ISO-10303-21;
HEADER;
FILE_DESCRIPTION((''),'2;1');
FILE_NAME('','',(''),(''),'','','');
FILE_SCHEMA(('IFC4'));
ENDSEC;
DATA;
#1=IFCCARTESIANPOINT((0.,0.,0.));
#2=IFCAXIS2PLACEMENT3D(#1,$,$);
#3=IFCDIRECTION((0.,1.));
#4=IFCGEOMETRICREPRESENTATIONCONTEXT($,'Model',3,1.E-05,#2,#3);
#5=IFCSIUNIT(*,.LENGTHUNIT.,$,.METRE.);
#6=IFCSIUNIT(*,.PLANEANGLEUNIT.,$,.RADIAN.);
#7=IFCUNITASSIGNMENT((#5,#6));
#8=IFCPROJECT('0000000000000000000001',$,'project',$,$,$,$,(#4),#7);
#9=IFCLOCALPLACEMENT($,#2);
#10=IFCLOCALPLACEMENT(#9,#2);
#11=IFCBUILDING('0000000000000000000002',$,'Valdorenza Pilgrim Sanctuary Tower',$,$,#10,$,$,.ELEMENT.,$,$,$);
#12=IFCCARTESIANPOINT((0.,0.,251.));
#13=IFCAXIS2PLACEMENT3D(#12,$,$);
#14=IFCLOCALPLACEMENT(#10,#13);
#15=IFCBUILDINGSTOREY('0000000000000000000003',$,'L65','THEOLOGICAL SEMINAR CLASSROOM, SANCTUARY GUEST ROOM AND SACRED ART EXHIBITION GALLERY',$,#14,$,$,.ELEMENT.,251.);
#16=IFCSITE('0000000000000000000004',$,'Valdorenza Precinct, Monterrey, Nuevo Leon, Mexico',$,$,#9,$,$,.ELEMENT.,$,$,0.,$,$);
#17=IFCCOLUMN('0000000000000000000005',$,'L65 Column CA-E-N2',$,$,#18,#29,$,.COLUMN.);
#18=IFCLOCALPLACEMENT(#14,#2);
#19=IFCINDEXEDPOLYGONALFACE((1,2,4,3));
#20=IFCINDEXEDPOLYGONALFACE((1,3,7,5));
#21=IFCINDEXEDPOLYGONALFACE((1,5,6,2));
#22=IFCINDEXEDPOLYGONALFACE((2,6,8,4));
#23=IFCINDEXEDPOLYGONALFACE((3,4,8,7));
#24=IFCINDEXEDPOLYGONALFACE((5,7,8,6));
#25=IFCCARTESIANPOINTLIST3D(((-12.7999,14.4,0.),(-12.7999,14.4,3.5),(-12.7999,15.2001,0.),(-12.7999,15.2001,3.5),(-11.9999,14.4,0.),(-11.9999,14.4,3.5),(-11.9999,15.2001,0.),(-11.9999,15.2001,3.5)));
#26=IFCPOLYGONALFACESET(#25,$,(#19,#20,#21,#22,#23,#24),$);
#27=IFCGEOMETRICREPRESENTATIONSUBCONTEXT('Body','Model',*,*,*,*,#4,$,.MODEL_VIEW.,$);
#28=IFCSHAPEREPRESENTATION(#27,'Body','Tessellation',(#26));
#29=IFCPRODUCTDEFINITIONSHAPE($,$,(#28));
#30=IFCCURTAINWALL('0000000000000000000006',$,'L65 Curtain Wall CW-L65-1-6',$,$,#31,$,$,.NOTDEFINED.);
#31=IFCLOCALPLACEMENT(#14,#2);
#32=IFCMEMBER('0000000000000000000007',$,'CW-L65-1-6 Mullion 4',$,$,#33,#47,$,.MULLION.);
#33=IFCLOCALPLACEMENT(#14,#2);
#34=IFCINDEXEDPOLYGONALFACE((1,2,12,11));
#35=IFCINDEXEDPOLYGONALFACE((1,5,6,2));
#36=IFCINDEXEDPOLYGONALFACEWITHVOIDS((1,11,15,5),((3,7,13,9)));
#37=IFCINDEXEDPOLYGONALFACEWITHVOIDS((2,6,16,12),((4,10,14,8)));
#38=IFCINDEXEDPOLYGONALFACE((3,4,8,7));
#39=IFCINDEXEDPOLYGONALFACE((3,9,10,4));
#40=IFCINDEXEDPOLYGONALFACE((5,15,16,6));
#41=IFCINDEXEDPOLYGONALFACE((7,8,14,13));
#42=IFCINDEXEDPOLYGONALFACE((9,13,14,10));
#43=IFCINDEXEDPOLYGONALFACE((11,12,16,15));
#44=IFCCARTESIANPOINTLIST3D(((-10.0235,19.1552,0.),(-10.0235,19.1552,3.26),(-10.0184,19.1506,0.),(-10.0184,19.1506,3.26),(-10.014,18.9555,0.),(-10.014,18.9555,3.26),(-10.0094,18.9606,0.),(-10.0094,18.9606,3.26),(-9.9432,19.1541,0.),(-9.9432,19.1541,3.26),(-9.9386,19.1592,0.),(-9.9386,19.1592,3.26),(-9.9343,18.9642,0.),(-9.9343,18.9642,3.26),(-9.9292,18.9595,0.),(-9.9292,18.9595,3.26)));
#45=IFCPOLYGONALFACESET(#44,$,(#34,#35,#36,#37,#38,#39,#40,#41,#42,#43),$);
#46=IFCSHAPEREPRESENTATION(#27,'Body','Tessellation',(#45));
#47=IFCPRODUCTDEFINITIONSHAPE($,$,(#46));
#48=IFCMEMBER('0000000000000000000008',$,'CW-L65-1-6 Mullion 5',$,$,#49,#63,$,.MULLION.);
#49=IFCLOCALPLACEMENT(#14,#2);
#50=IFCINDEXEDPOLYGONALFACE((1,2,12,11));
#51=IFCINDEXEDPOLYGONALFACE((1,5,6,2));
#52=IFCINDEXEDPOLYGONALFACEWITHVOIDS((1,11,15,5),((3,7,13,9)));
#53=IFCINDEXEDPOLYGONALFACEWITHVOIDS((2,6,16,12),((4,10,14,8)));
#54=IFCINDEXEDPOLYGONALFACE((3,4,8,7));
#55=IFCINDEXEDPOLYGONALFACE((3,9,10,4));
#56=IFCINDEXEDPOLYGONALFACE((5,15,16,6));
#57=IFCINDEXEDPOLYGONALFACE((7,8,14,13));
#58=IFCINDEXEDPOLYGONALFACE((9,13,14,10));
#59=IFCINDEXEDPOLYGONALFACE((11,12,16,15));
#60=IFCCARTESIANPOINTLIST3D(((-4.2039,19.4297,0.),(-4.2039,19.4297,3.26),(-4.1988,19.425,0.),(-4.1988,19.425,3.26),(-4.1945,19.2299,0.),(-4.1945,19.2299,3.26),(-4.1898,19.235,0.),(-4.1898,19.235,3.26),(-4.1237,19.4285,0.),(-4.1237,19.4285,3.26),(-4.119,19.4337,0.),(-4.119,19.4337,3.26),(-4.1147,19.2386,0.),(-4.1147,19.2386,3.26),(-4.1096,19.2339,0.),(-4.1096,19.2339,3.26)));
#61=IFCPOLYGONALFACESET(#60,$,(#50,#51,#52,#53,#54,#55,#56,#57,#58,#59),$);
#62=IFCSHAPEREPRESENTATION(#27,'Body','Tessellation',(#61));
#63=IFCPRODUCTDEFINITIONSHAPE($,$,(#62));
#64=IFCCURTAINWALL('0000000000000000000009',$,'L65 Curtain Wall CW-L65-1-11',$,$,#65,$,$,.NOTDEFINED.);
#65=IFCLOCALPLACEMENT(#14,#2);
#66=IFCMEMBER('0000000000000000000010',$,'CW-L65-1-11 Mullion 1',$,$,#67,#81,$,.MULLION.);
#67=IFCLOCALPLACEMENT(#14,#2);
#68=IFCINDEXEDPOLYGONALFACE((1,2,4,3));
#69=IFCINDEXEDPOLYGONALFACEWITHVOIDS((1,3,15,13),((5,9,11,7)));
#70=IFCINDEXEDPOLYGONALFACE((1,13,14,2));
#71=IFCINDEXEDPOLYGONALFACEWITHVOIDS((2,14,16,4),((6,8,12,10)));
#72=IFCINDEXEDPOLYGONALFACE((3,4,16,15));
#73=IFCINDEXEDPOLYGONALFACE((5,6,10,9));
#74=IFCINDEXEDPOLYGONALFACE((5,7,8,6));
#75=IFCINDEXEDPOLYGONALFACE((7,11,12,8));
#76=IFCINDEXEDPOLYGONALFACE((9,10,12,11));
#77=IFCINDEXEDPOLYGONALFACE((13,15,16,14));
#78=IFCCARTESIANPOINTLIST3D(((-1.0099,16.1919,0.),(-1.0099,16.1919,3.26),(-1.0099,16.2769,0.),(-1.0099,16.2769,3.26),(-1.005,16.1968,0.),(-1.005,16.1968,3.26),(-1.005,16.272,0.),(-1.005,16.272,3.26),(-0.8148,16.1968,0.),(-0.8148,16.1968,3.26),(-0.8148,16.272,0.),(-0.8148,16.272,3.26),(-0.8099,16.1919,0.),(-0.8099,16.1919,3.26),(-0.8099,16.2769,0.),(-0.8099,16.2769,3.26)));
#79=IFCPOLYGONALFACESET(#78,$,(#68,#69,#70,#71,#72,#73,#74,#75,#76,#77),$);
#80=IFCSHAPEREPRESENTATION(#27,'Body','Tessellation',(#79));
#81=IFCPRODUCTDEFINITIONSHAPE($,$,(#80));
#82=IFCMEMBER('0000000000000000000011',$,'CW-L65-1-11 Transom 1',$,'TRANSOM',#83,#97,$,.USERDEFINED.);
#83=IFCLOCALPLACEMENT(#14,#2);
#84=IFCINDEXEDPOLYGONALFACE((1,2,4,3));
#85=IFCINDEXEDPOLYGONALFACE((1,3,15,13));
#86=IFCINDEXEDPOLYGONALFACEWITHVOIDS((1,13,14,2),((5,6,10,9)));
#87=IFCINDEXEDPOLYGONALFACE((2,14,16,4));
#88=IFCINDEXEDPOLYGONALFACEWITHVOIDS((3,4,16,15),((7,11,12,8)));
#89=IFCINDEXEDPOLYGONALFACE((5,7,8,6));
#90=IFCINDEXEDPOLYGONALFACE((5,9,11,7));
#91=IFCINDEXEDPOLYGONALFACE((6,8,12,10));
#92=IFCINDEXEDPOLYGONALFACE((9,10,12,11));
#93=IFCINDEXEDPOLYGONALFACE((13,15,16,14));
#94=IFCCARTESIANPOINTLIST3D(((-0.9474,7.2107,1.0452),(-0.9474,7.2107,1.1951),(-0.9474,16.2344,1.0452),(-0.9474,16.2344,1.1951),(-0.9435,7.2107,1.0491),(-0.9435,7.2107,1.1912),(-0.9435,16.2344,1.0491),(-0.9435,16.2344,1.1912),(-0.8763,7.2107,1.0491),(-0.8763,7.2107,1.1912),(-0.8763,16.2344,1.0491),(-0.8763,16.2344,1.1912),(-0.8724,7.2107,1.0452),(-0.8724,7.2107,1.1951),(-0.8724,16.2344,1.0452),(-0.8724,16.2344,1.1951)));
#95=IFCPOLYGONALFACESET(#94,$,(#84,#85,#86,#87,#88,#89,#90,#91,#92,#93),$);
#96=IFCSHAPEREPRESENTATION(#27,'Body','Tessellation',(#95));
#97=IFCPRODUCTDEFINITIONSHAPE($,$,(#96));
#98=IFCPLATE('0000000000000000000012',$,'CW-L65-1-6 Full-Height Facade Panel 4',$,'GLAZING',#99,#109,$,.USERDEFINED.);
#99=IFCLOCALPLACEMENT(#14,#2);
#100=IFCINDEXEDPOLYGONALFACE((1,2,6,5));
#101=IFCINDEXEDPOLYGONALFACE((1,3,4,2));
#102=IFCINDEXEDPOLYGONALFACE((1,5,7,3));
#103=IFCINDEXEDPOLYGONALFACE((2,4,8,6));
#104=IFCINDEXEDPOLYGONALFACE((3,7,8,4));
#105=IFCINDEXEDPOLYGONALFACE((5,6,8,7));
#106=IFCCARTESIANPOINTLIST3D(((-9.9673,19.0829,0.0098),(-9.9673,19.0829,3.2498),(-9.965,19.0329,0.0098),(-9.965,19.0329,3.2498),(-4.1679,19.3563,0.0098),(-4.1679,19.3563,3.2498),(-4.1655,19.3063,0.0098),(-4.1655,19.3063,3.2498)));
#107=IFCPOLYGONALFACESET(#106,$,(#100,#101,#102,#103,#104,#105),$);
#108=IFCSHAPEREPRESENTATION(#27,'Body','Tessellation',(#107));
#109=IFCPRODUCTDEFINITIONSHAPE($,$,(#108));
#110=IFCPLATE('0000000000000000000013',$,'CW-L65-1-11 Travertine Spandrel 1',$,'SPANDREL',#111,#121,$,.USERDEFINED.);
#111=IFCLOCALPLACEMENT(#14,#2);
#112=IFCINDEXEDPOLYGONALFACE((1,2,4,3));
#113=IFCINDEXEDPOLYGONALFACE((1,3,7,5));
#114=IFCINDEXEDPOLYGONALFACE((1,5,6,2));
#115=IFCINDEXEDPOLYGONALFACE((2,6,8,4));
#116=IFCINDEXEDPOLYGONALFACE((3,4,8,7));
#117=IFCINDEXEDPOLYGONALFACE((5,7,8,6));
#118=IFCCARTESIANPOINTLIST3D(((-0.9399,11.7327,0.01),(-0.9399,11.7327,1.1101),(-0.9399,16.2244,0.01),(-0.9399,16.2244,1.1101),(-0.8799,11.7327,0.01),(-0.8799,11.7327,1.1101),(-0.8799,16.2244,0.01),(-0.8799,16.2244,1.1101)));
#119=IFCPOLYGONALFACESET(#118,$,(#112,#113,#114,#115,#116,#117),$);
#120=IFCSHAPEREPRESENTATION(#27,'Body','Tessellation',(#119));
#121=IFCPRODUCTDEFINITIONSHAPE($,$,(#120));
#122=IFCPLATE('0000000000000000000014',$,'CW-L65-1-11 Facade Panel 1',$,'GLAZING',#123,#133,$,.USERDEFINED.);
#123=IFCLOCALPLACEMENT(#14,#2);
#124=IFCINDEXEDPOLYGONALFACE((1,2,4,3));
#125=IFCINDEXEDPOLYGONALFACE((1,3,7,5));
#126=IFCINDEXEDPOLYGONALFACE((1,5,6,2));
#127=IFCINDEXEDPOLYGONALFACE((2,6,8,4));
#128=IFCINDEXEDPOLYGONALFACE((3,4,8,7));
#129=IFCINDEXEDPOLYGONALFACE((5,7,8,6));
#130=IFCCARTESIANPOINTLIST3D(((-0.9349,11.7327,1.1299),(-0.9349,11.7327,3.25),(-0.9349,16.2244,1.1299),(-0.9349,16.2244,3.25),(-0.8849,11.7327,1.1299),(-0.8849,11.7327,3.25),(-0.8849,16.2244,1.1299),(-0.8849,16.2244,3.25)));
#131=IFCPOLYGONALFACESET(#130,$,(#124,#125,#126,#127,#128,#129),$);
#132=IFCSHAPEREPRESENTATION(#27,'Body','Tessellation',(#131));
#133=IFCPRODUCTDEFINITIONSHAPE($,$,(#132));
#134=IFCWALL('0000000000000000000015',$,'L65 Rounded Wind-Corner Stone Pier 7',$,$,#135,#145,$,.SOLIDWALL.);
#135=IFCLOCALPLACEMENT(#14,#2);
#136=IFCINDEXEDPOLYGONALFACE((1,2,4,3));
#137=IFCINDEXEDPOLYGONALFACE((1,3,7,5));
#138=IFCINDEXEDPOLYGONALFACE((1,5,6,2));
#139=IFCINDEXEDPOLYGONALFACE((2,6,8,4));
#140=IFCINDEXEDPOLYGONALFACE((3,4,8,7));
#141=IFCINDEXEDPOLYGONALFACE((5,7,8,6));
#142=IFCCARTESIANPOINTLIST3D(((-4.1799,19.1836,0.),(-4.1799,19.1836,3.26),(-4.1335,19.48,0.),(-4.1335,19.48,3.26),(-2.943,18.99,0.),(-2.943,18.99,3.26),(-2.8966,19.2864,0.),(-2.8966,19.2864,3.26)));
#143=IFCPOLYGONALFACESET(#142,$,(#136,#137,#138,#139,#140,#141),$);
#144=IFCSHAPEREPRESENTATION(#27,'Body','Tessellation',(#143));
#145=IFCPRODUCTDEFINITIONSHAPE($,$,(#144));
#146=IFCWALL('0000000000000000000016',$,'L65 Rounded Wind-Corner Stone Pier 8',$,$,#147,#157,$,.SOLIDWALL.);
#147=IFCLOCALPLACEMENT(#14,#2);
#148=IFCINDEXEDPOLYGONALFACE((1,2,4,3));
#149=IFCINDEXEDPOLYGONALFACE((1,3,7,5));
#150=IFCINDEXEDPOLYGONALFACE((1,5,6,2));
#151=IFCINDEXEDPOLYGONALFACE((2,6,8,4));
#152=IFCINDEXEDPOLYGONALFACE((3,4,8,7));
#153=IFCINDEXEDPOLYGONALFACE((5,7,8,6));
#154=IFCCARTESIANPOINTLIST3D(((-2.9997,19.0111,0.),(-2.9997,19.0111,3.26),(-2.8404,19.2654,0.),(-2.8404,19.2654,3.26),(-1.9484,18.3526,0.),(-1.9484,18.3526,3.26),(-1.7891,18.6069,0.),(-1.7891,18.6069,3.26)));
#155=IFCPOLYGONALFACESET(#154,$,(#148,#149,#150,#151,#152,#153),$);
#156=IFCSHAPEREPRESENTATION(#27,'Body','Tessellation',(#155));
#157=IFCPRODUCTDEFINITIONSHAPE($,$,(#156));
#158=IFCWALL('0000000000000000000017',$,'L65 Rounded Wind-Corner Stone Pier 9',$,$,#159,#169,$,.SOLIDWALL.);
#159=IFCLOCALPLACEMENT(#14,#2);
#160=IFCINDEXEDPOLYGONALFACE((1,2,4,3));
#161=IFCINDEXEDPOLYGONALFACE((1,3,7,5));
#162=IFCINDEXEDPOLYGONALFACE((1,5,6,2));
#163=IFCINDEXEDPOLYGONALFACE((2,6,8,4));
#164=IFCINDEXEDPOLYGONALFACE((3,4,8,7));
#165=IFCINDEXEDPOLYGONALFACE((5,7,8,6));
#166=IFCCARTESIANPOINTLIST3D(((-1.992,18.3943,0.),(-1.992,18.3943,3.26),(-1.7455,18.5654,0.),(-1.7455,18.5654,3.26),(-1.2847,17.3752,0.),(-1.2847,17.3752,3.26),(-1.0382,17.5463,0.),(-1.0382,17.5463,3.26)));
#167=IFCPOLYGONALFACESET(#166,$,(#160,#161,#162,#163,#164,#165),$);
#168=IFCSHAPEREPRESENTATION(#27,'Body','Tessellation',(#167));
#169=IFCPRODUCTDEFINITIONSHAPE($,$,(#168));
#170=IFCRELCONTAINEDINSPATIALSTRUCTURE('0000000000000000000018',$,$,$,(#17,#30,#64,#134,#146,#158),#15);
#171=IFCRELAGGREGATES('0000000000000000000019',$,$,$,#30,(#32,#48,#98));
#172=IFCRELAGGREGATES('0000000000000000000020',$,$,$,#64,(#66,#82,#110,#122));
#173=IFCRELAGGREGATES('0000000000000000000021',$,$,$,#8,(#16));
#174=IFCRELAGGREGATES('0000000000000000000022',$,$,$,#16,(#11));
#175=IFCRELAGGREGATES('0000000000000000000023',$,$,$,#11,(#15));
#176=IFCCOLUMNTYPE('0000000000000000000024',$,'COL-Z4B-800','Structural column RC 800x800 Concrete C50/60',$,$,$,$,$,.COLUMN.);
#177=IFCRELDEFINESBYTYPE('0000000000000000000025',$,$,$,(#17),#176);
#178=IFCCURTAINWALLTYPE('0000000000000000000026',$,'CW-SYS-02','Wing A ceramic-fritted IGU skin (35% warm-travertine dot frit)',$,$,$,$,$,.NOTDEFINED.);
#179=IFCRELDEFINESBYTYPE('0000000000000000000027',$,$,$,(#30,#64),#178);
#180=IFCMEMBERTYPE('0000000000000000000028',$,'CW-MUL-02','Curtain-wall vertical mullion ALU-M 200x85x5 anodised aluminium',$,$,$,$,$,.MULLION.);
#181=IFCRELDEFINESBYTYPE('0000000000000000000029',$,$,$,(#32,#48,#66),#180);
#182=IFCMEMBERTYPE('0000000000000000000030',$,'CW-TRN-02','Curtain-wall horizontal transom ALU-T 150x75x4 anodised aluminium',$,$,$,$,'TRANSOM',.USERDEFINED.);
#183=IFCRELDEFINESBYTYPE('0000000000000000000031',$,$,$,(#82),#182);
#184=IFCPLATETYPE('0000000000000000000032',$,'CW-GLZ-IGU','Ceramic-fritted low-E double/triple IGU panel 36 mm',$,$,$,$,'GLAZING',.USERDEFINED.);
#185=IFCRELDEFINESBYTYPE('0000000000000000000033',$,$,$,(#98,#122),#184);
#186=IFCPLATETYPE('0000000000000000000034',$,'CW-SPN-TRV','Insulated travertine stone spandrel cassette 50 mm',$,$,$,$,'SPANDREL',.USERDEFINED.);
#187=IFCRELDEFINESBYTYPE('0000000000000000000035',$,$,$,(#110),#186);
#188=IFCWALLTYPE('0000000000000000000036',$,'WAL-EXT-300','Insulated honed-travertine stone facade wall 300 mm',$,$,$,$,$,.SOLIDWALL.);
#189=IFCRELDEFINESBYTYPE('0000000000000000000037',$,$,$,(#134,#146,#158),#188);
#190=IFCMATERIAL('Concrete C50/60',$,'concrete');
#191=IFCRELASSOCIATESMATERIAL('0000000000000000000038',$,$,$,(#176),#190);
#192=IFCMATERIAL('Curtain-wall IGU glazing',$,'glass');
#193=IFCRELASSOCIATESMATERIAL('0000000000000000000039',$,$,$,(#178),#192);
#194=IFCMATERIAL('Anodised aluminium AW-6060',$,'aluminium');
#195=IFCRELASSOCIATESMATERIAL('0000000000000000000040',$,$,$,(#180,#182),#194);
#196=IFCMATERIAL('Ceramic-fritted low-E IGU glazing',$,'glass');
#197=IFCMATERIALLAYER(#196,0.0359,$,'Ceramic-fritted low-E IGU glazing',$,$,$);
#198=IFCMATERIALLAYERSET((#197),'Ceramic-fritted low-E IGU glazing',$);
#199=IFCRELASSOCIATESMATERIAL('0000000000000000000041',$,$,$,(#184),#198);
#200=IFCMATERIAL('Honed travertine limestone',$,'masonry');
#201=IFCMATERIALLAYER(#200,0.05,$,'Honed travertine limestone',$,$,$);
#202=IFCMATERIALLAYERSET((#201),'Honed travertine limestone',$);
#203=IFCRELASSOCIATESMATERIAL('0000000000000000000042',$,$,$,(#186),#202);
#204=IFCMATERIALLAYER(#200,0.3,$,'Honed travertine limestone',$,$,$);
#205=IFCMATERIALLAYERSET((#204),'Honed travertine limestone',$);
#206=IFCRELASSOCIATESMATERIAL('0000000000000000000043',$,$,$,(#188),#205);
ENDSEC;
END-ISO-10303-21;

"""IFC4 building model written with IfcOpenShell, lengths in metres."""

from ifc_helpers import new_model, si_unit, direction, frame, frame_2d, origin, origin_2d, place, context, subcontext, project, spatial, rectangle, hollow_rectangle, extrude, source, transform, mapped, material, layer, layer_set, material_profile, profile_set, type_object, element, aggregate, save


model = new_model("IFC4")

# Units and contexts
model_context = context("Model", 3, precision=1e-05, world=origin(), true_north=direction((0.0, 1.0)))
body_context = subcontext(model_context, "Body", "Model", "MODEL_VIEW")
ifc_project = project(units=[si_unit("LENGTHUNIT", "METRE"), si_unit("PLANEANGLEUNIT", "RADIAN")], contexts=[model_context])

# Site, building, storey
site_placement = place(None, origin())
site = spatial("IfcSite", under=ifc_project, at=site_placement, Name="Valdorenza Precinct, Monterrey, Nuevo Leon, Mexico", CompositionType="ELEMENT", RefElevation=0.0)
building_placement = place(site_placement, origin())
building = spatial("IfcBuilding", under=site, at=building_placement, Name="Valdorenza Pilgrim Sanctuary Tower", CompositionType="ELEMENT")
storey_placement = place(building_placement, frame((0.0, 0.0, 251.0)))
storey = spatial("IfcBuildingStorey", under=building, at=storey_placement, Name="L65", Description="THEOLOGICAL SEMINAR CLASSROOM, SANCTUARY GUEST ROOM AND SACRED ART EXHIBITION GALLERY", CompositionType="ELEMENT", Elevation=251.0)

# Column
ifc_material_1 = material(Name="Concrete C50/60", Category="concrete")
ifc_material_profile_1 = material_profile(ifc_material_1, rectangle(XDim=0.8, YDim=0.8, at=origin_2d()), Name="RC 800x800")
ifc_profile_set_1 = profile_set([ifc_material_profile_1], Name="Concrete C50/60")
column_type = type_object("IfcColumnType", Name="COL-Z4B-800", Description="Structural column RC 800x800 Concrete C50/60", PredefinedType="COLUMN", material=ifc_profile_set_1)
shared_shape_1 = source(origin(), body_context, "Body", "SweptSolid", [
    extrude(rectangle(XDim=0.8, YDim=0.8, at=origin_2d()), origin(), (0.0, 0.0, 1.0), 3.5),
])
column_placement = place(storey_placement, frame((-12.3999, 14.8, 0.0), z_axis=(0.0, 0.0, 1.0), x_axis=(1.0, 0.0, 0.0)))
element("IfcColumn", 1, at=column_placement, inside=storey, type_object=column_type, Name="L65 Column CA-E-N2", PredefinedType="COLUMN", context=body_context, shape_type="MappedRepresentation", body=[
    mapped(shared_shape_1, transform((0.0, 0.0, 0.0), x_axis=(1.0, 0.0, 0.0), y_axis=(0.0, 1.0, 0.0), z_axis=(0.0, 0.0, 1.0), scale=1.0)),
])

# Curtain walls, members
ifc_material_2 = material(Name="Curtain-wall IGU glazing", Category="glass")
curtain_wall_type = type_object("IfcCurtainWallType", Name="CW-SYS-02", Description="Wing A ceramic-fritted IGU skin (35% warm-travertine dot frit)", PredefinedType="NOTDEFINED", material=ifc_material_2)
curtain_wall_1_placement = place(storey_placement, origin())
curtain_wall_1 = element("IfcCurtainWall", 2, at=curtain_wall_1_placement, inside=storey, type_object=curtain_wall_type, Name="L65 Curtain Wall CW-L65-1-6", PredefinedType="NOTDEFINED")
ifc_material_3 = material(Name="Anodised aluminium AW-6060", Category="aluminium")
ifc_material_profile_2 = material_profile(ifc_material_3, hollow_rectangle(XDim=0.085, YDim=0.2, WallThickness=0.0049, at=origin_2d()), Name="ALU-M 200x85x5")
ifc_profile_set_2 = profile_set([ifc_material_profile_2], Name="Anodised aluminium AW-6060")
member_type_1 = type_object("IfcMemberType", Name="CW-MUL-02", Description="Curtain-wall vertical mullion ALU-M 200x85x5 anodised aluminium", PredefinedType="MULLION", material=ifc_profile_set_2)
shared_shape_2 = source(origin(), body_context, "Body", "SweptSolid", [
    extrude(hollow_rectangle(XDim=0.085, YDim=0.2, WallThickness=0.0049, at=origin_2d()), origin(), (0.0, 0.0, 1.0), 3.26),
])
member_1_placement = place(storey_placement, frame((-9.9763, 19.0574, 0.0), z_axis=(0.0, 0.0, 1.0), x_axis=(0.998891, 0.047089, 0.0)))
member_1 = element("IfcMember", 3, at=member_1_placement, type_object=member_type_1, Name="CW-L65-1-6 Mullion 4", PredefinedType="MULLION", context=body_context, shape_type="MappedRepresentation", body=[
    mapped(shared_shape_2, transform((0.0, 0.0, 0.0), x_axis=(1.0, 0.0, 0.0), y_axis=(0.0, 1.0, 0.0), z_axis=(0.0, 0.0, 1.0), scale=1.0)),
])
member_2_placement = place(storey_placement, frame((-4.1567, 19.3318, 0.0), z_axis=(0.0, 0.0, 1.0), x_axis=(0.998891, 0.047089, 0.0)))
member_2 = element("IfcMember", 4, at=member_2_placement, type_object=member_type_1, Name="CW-L65-1-6 Mullion 5", PredefinedType="MULLION", context=body_context, shape_type="MappedRepresentation", body=[
    mapped(shared_shape_2, transform((0.0, 0.0, 0.0), x_axis=(1.0, 0.0, 0.0), y_axis=(0.0, 1.0, 0.0), z_axis=(0.0, 0.0, 1.0), scale=1.0)),
])
curtain_wall_2_placement = place(storey_placement, origin())
curtain_wall_2 = element("IfcCurtainWall", 5, at=curtain_wall_2_placement, inside=storey, type_object=curtain_wall_type, Name="L65 Curtain Wall CW-L65-1-11", PredefinedType="NOTDEFINED")
member_3_placement = place(storey_placement, frame((-0.9099, 16.2344, 0.0), z_axis=(0.0, 0.0, 1.0), x_axis=(0.0, -1.0, 0.0)))
member_3 = element("IfcMember", 6, at=member_3_placement, type_object=member_type_1, Name="CW-L65-1-11 Mullion 1", PredefinedType="MULLION", context=body_context, shape_type="MappedRepresentation", body=[
    mapped(shared_shape_2, transform((0.0, 0.0, 0.0), x_axis=(1.0, 0.0, 0.0), y_axis=(0.0, 1.0, 0.0), z_axis=(0.0, 0.0, 1.0), scale=1.0)),
])
ifc_material_profile_3 = material_profile(ifc_material_3, hollow_rectangle(XDim=0.075, YDim=0.1499, WallThickness=0.0039, at=origin_2d()), Name="ALU-T 150x75x4")
ifc_profile_set_3 = profile_set([ifc_material_profile_3], Name="Anodised aluminium AW-6060")
member_type_2 = type_object("IfcMemberType", Name="CW-TRN-02", Description="Curtain-wall horizontal transom ALU-T 150x75x4 anodised aluminium", ElementType="TRANSOM", PredefinedType="USERDEFINED", material=ifc_profile_set_3)
shared_shape_3 = source(origin(), body_context, "Body", "SweptSolid", [
    extrude(hollow_rectangle(XDim=0.075, YDim=0.1499, WallThickness=0.0039, at=origin_2d()), origin(), (0.0, 0.0, 1.0), 9.0237),
])
member_4_placement = place(storey_placement, frame((-0.9099, 16.2344, 1.1201), z_axis=(0.0, -1.0, 0.0), x_axis=(1.0, 0.0, 0.0)))
member_4 = element("IfcMember", 7, at=member_4_placement, type_object=member_type_2, Name="CW-L65-1-11 Transom 1", ObjectType="TRANSOM", PredefinedType="USERDEFINED", context=body_context, shape_type="MappedRepresentation", body=[
    mapped(shared_shape_3, transform((0.0, 0.0, 0.0), x_axis=(1.0, 0.0, 0.0), y_axis=(0.0, 1.0, 0.0), z_axis=(0.0, 0.0, 1.0), scale=1.0)),
])

# Plates
ifc_material_4 = material(Name="Ceramic-fritted low-E IGU glazing", Category="glass")
ifc_layer_1 = layer(ifc_material_4, 0.0359, Name="Ceramic-fritted low-E IGU glazing")
ifc_layer_set_1 = layer_set([ifc_layer_1], Name="Ceramic-fritted low-E IGU glazing")
plate_type_1 = type_object("IfcPlateType", Name="CW-GLZ-IGU", Description="Ceramic-fritted low-E double/triple IGU panel 36 mm", ElementType="GLAZING", PredefinedType="USERDEFINED", material=ifc_layer_set_1)
shared_shape_4 = source(origin(), body_context, "Body", "SweptSolid", [
    extrude(rectangle(XDim=5.8059, YDim=0.05, at=origin_2d()), origin(), (0.0, 0.0, 1.0), 3.24),
])
plate_1_placement = place(storey_placement, frame((-7.0664, 19.1946, 0.0098), z_axis=(0.0, 0.0, 1.0), x_axis=(0.998891, 0.047089, 0.0)))
plate_1 = element("IfcPlate", 8, at=plate_1_placement, type_object=plate_type_1, Name="CW-L65-1-6 Full-Height Facade Panel 4", ObjectType="GLAZING", PredefinedType="USERDEFINED", context=body_context, shape_type="MappedRepresentation", body=[
    mapped(shared_shape_4, transform((0.0, 0.0, 0.0), x_axis=(1.0, 0.0, 0.0), y_axis=(0.0, 1.0, 0.0), z_axis=(0.0, 0.0, 1.0), scale=1.0)),
])
aggregate(curtain_wall_1, [member_1, member_2, plate_1])
ifc_material_5 = material(Name="Honed travertine limestone", Category="masonry")
ifc_layer_2 = layer(ifc_material_5, 0.05, Name="Honed travertine limestone")
ifc_layer_set_2 = layer_set([ifc_layer_2], Name="Honed travertine limestone")
plate_type_2 = type_object("IfcPlateType", Name="CW-SPN-TRV", Description="Insulated travertine stone spandrel cassette 50 mm", ElementType="SPANDREL", PredefinedType="USERDEFINED", material=ifc_layer_set_2)
shared_shape_5 = source(origin(), body_context, "Body", "SweptSolid", [
    extrude(rectangle(XDim=4.4917, YDim=0.0601, at=origin_2d()), origin(), (0.0, 0.0, 1.0), 1.1001),
])
plate_2_placement = place(storey_placement, frame((-0.9099, 13.9785, 0.01), z_axis=(0.0, 0.0, 1.0), x_axis=(0.0, -1.0, 0.0)))
plate_2 = element("IfcPlate", 9, at=plate_2_placement, type_object=plate_type_2, Name="CW-L65-1-11 Travertine Spandrel 1", ObjectType="SPANDREL", PredefinedType="USERDEFINED", context=body_context, shape_type="MappedRepresentation", body=[
    mapped(shared_shape_5, transform((0.0, 0.0, 0.0), x_axis=(1.0, 0.0, 0.0), y_axis=(0.0, 1.0, 0.0), z_axis=(0.0, 0.0, 1.0), scale=1.0)),
])
shared_shape_6 = source(origin(), body_context, "Body", "SweptSolid", [
    extrude(rectangle(XDim=4.4917, YDim=0.05, at=origin_2d()), origin(), (0.0, 0.0, 1.0), 2.1201),
])
plate_3_placement = place(storey_placement, frame((-0.9099, 13.9785, 1.1299), z_axis=(0.0, 0.0, 1.0), x_axis=(0.0, -1.0, 0.0)))
plate_3 = element("IfcPlate", 10, at=plate_3_placement, type_object=plate_type_1, Name="CW-L65-1-11 Facade Panel 1", ObjectType="GLAZING", PredefinedType="USERDEFINED", context=body_context, shape_type="MappedRepresentation", body=[
    mapped(shared_shape_6, transform((0.0, 0.0, 0.0), x_axis=(1.0, 0.0, 0.0), y_axis=(0.0, 1.0, 0.0), z_axis=(0.0, 0.0, 1.0), scale=1.0)),
])
aggregate(curtain_wall_2, [member_3, member_4, plate_2, plate_3])

# Walls
ifc_layer_3 = layer(ifc_material_5, 0.3, Name="Honed travertine limestone")
ifc_layer_set_3 = layer_set([ifc_layer_3], Name="Honed travertine limestone")
wall_type_1 = type_object("IfcWallType", Name="WAL-EXT-300", Description="Insulated honed-travertine stone facade wall 300 mm", PredefinedType="SOLIDWALL", material=ifc_layer_set_3)
wall_1_placement = place(storey_placement, frame((-4.1567, 19.3318, 0.0), z_axis=(0.0, 0.0, 1.0), x_axis=(0.987969, -0.154651, 0.0)))
element("IfcWall", 11, at=wall_1_placement, inside=storey, type_object=wall_type_1, Name="L65 Rounded Wind-Corner Stone Pier 7", PredefinedType="SOLIDWALL", context=body_context, shape_type="SweptSolid", body=[
    extrude(rectangle(XDim=1.252, YDim=0.3, at=frame_2d((0.626, 0.0))), origin(), (0.0, 0.0, 1.0), 3.26),
])
for number, where, z_axis, x_axis, name in (
    (12, (-2.9199, 19.1382, 0.0), (0.0, 0.0, 1.0), (0.847489, -0.530812, 0.0), "L65 Rounded Wind-Corner Stone Pier 8"),
    (13, (-1.8687, 18.4797, 0.0), (0.0, 0.0, 1.0), (0.570182, -0.821518, 0.0), "L65 Rounded Wind-Corner Stone Pier 9"),
):
    element("IfcWall", number, at=place(storey_placement, frame(where, z_axis=z_axis, x_axis=x_axis)), inside=storey, type_object=wall_type_1, Name=name, PredefinedType="SOLIDWALL", context=body_context, shape_type="SweptSolid", body=[
        extrude(rectangle(XDim=1.2405, YDim=0.3, at=frame_2d((0.6201, 0.0))), origin(), (0.0, 0.0, 1.0), 3.26),
    ])

save(model, "model.ifc")
